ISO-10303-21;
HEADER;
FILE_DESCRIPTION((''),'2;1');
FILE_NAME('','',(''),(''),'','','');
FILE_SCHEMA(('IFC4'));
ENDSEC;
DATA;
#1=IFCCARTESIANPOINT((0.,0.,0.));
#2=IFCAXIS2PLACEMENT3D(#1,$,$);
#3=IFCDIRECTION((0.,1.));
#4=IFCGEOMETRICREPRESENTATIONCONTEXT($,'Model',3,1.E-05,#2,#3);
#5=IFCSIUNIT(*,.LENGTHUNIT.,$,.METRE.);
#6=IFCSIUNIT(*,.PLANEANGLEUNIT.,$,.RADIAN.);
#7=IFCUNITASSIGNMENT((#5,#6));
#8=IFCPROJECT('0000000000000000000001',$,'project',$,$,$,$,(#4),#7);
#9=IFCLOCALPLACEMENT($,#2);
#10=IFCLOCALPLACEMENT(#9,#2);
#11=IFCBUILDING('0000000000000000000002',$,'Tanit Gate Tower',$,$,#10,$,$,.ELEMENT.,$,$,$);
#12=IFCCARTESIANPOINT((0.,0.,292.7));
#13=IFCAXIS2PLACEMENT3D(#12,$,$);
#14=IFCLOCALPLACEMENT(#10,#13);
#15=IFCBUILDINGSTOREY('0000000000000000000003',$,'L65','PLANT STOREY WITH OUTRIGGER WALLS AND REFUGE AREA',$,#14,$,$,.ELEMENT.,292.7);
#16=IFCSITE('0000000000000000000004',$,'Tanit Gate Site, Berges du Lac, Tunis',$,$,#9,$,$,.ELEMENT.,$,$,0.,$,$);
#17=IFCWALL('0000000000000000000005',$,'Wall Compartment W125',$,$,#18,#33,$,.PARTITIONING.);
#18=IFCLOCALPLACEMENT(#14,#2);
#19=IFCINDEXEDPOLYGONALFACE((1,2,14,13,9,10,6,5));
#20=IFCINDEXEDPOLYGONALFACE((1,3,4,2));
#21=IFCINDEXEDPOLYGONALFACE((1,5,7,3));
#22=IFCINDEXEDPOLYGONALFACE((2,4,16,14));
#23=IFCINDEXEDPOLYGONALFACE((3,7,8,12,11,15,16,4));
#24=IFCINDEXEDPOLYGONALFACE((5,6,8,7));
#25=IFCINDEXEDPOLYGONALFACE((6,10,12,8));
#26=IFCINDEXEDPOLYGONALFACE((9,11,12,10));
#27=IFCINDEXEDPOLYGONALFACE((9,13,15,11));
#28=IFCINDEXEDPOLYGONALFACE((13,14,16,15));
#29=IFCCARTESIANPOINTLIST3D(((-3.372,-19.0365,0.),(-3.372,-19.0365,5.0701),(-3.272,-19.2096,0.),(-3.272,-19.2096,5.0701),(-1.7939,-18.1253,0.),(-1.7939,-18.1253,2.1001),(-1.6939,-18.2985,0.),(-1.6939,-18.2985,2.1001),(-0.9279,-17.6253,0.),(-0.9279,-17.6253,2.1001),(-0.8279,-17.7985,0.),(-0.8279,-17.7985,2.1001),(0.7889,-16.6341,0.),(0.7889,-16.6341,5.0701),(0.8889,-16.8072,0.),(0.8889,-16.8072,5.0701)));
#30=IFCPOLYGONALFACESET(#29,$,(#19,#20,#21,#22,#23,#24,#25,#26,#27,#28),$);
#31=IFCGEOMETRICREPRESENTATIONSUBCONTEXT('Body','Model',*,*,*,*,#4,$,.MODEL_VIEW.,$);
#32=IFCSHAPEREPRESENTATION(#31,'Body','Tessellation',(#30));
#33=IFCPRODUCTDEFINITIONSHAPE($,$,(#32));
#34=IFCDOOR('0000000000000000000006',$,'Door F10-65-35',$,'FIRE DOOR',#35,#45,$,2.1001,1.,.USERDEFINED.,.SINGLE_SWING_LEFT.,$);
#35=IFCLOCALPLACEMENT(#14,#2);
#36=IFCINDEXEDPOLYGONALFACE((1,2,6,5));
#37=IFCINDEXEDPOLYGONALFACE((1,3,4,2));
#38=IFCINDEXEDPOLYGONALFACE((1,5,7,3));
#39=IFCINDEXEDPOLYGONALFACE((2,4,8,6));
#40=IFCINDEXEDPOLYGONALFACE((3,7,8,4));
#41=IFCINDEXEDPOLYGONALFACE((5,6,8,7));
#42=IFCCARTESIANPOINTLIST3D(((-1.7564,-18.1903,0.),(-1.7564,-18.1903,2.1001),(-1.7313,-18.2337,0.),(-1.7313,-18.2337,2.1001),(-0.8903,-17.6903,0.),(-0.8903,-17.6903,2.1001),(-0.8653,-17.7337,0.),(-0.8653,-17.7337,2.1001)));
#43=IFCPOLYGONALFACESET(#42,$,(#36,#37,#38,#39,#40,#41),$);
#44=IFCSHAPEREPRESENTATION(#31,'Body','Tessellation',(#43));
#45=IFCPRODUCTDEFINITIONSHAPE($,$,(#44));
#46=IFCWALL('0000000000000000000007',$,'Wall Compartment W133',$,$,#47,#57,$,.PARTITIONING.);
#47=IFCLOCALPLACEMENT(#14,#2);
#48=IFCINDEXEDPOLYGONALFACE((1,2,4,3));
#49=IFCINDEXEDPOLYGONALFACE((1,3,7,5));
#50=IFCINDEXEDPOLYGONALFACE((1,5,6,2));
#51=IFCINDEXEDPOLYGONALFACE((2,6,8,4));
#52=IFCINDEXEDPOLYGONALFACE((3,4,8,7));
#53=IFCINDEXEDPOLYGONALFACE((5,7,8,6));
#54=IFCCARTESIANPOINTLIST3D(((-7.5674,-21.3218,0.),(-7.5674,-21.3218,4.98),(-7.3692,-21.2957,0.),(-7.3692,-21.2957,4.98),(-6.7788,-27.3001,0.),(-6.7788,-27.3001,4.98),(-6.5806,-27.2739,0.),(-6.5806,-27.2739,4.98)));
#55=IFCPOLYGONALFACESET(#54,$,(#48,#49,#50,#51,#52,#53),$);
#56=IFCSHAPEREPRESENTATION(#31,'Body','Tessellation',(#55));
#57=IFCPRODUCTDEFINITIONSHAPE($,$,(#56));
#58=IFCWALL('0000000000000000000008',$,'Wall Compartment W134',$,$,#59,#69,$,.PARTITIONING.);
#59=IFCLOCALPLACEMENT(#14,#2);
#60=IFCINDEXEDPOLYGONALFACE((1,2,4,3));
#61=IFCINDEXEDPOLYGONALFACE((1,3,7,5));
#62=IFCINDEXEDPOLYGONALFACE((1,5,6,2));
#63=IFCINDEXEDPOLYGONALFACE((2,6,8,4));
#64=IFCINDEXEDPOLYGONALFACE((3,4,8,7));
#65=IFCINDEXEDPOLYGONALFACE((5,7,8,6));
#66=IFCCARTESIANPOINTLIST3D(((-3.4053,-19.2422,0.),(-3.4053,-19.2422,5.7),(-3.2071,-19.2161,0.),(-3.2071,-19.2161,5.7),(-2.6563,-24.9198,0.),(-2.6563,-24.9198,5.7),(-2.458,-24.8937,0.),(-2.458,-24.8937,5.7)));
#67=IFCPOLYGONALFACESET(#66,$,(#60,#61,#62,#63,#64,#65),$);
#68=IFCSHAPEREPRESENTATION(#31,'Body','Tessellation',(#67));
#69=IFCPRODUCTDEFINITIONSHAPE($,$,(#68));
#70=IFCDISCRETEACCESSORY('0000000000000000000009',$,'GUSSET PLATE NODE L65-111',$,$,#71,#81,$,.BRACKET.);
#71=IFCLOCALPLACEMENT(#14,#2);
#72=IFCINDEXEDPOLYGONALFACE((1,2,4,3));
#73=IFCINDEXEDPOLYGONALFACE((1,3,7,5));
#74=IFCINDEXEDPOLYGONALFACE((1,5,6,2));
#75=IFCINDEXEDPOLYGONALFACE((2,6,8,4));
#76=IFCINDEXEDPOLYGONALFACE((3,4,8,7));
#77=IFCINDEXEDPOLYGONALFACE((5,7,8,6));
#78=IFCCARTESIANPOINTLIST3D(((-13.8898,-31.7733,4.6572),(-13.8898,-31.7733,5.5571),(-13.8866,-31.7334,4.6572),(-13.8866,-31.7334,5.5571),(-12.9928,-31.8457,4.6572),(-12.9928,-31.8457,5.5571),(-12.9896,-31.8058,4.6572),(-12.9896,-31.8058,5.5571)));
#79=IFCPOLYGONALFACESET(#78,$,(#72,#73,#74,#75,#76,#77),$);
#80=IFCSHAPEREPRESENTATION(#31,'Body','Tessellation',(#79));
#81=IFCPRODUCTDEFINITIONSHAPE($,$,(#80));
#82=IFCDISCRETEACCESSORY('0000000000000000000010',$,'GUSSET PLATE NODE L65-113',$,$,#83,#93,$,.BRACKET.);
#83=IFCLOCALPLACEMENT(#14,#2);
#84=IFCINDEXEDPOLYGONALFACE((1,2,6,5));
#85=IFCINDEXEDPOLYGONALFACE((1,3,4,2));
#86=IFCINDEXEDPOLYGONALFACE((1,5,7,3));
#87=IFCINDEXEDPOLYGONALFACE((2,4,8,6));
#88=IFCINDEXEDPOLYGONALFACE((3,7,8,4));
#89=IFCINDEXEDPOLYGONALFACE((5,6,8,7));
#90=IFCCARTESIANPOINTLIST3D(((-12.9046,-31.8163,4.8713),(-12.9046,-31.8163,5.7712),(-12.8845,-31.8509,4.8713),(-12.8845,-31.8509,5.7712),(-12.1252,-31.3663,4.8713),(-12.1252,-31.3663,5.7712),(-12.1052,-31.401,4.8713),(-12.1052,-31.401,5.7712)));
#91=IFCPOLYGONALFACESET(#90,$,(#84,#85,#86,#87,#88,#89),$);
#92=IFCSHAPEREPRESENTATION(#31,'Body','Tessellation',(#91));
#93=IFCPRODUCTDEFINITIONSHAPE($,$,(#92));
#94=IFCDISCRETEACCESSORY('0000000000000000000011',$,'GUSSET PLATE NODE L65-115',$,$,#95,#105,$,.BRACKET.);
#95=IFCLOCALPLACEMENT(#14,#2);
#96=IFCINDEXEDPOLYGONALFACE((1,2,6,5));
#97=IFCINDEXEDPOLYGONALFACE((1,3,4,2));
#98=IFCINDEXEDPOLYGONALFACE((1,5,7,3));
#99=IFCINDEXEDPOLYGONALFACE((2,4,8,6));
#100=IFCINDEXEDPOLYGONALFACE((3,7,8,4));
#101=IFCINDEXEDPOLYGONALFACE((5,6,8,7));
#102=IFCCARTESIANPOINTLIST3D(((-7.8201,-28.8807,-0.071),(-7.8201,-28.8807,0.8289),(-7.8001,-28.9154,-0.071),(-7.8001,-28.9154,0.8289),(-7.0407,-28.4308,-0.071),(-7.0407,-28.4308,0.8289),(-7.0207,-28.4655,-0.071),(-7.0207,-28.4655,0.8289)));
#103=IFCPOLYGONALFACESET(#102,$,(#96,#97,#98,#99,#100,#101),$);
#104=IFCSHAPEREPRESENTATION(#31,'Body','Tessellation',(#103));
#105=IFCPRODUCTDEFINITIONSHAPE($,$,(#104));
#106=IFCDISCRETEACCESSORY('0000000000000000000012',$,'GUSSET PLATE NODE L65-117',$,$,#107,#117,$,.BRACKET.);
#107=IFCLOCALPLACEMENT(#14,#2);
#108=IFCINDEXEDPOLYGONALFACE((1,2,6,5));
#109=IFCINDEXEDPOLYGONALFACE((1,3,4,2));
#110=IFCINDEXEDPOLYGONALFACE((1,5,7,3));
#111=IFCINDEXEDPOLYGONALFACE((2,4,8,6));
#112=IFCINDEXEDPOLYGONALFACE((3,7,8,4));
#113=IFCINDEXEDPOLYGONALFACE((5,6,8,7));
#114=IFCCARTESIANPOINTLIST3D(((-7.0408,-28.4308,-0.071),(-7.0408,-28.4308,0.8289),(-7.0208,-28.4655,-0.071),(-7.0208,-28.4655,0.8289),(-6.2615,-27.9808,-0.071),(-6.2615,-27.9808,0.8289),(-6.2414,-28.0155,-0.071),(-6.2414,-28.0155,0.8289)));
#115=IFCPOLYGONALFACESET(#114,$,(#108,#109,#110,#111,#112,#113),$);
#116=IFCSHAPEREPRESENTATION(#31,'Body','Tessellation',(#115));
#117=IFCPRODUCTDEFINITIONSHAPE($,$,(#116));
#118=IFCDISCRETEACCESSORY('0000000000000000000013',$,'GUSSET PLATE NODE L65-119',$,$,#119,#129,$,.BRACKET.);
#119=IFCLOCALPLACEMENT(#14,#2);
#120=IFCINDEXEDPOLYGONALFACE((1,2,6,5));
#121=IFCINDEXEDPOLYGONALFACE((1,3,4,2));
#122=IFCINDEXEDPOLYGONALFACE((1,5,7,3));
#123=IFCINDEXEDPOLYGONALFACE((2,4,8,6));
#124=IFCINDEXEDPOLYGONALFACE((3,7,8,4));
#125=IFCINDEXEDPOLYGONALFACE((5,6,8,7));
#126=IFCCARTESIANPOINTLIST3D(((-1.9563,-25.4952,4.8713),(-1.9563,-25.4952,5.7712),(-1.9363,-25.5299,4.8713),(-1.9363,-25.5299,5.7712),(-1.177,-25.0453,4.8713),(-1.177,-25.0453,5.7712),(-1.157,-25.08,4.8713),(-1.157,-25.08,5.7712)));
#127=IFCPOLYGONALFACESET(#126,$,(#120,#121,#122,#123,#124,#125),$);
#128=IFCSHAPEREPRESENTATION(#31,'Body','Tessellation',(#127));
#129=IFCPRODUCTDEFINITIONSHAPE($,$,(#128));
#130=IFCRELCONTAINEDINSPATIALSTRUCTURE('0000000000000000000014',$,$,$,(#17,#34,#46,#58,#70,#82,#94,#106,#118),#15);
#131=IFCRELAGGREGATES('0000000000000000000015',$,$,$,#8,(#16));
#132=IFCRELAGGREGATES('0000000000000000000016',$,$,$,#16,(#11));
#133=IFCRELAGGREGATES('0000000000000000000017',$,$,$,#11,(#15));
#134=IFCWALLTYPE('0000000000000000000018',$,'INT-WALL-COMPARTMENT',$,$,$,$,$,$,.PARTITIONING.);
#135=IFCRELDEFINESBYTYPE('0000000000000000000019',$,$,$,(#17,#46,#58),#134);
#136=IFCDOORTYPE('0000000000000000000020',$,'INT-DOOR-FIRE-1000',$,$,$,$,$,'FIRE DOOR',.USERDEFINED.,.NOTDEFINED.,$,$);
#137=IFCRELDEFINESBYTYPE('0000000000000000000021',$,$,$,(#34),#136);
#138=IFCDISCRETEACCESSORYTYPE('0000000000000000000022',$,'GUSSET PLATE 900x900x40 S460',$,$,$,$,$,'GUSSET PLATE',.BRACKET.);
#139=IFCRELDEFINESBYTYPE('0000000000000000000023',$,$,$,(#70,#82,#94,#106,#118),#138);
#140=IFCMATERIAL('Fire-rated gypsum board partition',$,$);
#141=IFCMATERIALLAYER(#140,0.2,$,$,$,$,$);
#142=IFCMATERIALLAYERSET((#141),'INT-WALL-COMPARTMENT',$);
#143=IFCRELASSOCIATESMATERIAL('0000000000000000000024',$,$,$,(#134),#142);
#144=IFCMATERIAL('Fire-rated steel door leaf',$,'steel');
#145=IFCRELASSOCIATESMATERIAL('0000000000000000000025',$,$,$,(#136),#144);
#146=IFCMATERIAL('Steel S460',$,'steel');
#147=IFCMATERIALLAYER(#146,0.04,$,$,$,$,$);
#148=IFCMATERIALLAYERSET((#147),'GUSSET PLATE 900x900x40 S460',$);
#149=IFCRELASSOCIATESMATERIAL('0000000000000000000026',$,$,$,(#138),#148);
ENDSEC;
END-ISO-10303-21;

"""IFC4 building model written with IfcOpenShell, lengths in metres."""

from ifc_helpers import new_model, si_unit, direction, frame, frame_2d, origin, origin_2d, place, context, subcontext, project, spatial, rectangle, extrude, material, layer, layer_set, type_object, element, fill, save


model = new_model("IFC4")

# Units and contexts
model_context = context("Model", 3, precision=1e-05, world=origin(), true_north=direction((0.0, 1.0)))
body_context = subcontext(model_context, "Body", "Model", "MODEL_VIEW")
ifc_project = project(units=[si_unit("LENGTHUNIT", "METRE"), si_unit("PLANEANGLEUNIT", "RADIAN")], contexts=[model_context])

# Site, building, storey
site_placement = place(None, origin())
site = spatial("IfcSite", under=ifc_project, at=site_placement, Name="Tanit Gate Site, Berges du Lac, Tunis", CompositionType="ELEMENT", RefElevation=0.0)
building_placement = place(site_placement, origin())
building = spatial("IfcBuilding", under=site, at=building_placement, Name="Tanit Gate Tower", CompositionType="ELEMENT")
storey_placement = place(building_placement, frame((0.0, 0.0, 292.7)))
storey = spatial("IfcBuildingStorey", under=building, at=storey_placement, Name="L65", Description="PLANT STOREY WITH OUTRIGGER WALLS AND REFUGE AREA", CompositionType="ELEMENT", Elevation=292.7)

# Shared definitions
ifc_material_1 = material(Name="Fire-rated gypsum board partition")
ifc_layer_1 = layer(ifc_material_1, 0.2)
ifc_layer_set_1 = layer_set([ifc_layer_1], Name="INT-WALL-COMPARTMENT")
wall_type_1 = type_object("IfcWallType", Name="INT-WALL-COMPARTMENT", PredefinedType="PARTITIONING", material=ifc_layer_set_1)
ifc_material_2 = material(Name="Fire-rated steel door leaf", Category="steel")
door_type_1 = type_object("IfcDoorType", Name="INT-DOOR-FIRE-1000", ElementType="FIRE DOOR", OperationType="NOTDEFINED", PredefinedType="USERDEFINED", material=ifc_material_2)

# Wall, opening, door
wall_1_placement = place(storey_placement, frame((-3.322, -19.123, 0.0), z_axis=(0.0, 0.0, 1.0), x_axis=(0.866021, 0.500008, 0.0)))
wall_1 = element("IfcWall", 1, at=wall_1_placement, inside=storey, type_object=wall_type_1, Name="Wall Compartment W125", PredefinedType="PARTITIONING", context=body_context, shape_type="SweptSolid", body=[
    extrude(rectangle(XDim=4.8047, YDim=0.2, at=frame_2d((2.4023, 0.0))), origin(), (0.0, 0.0, 1.0), 5.0701),
])
opening_1_placement = place(wall_1_placement, frame((1.8223, 0.0, 0.0)))
opening_1 = element("IfcOpeningElement", 2, at=opening_1_placement, cuts=wall_1, PredefinedType="OPENING", context=body_context, shape_type="SweptSolid", body=[
    extrude(rectangle(XDim=1.0, YDim=2.1001, at=frame_2d((0.5, 1.05))), frame((0.0, 0.1099, 0.0), z_axis=(0.0, -1.0, 0.0), x_axis=(1.0, 0.0, 0.0)), (0.0, 0.0, 1.0), 0.22),
])
door_1_placement = place(opening_1_placement, origin())
door_1 = element("IfcDoor", 3, at=door_1_placement, inside=storey, type_object=door_type_1, Name="Door F10-65-35", ObjectType="FIRE DOOR", OperationType="SINGLE_SWING_LEFT", OverallHeight=2.1001, OverallWidth=1.0, PredefinedType="USERDEFINED", context=body_context, shape_type="SweptSolid", body=[
    extrude(rectangle(XDim=1.0, YDim=2.1001, at=frame_2d((0.5, 1.05))), frame((0.0, 0.0249, 0.0), z_axis=(0.0, -1.0, 0.0), x_axis=(1.0, 0.0, 0.0)), (0.0, 0.0, 1.0), 0.05),
])
fill(opening_1, door_1)

# Walls
wall_2_placement = place(storey_placement, frame((-6.6797, -27.2871, 0.0), z_axis=(0.0, 0.0, 1.0), x_axis=(-0.130774, 0.991412, 0.0)))
element("IfcWall", 4, at=wall_2_placement, inside=storey, type_object=wall_type_1, Name="Wall Compartment W133", PredefinedType="PARTITIONING", context=body_context, shape_type="SweptSolid", body=[
    extrude(rectangle(XDim=6.03, YDim=0.2, at=frame_2d((3.0151, 0.0))), origin(), (0.0, 0.0, 1.0), 4.98),
])
wall_3_placement = place(storey_placement, frame((-3.3062, -19.2292, 0.0), z_axis=(0.0, 0.0, 1.0), x_axis=(0.13079, -0.99141, 0.0)))
element("IfcWall", 5, at=wall_3_placement, inside=storey, type_object=wall_type_1, Name="Wall Compartment W134", PredefinedType="PARTITIONING", context=body_context, shape_type="SweptSolid", body=[
    extrude(rectangle(XDim=5.7268, YDim=0.2, at=frame_2d((2.8633, 0.0))), origin(), (0.0, 0.0, 1.0), 5.7),
])

# Discrete accessories
ifc_material_3 = material(Name="Steel S460", Category="steel")
ifc_layer_2 = layer(ifc_material_3, 0.04)
ifc_layer_set_2 = layer_set([ifc_layer_2], Name="GUSSET PLATE 900x900x40 S460")
discrete_accessory_type = type_object("IfcDiscreteAccessoryType", Name="GUSSET PLATE 900x900x40 S460", ElementType="GUSSET PLATE", PredefinedType="BRACKET", material=ifc_layer_set_2)
for number, where, z_axis, x_axis, name in (
    (6, (-13.4397, -31.7896, 4.6572), (0.0, 0.0, 1.0), (-0.996762, 0.080408, 0.0), "GUSSET PLATE NODE L65-111"),
    (7, (-12.5049, -31.6086, 4.8713), (0.0, 0.0, 1.0), (0.866034, 0.499985, 0.0), "GUSSET PLATE NODE L65-113"),
    (8, (-7.4204, -28.6731, -0.071), (0.0, 0.0, 1.0), (-0.866034, -0.499985, 0.0), "GUSSET PLATE NODE L65-115"),
    (9, (-6.6411, -28.2231, -0.071), (0.0, 0.0, 1.0), (0.866025, 0.5, 0.0), "GUSSET PLATE NODE L65-117"),
    (10, (-1.5566, -25.2876, 4.8713), (0.0, 0.0, 1.0), (-0.866025, -0.5, 0.0), "GUSSET PLATE NODE L65-119"),
):
    element("IfcDiscreteAccessory", number, at=place(storey_placement, frame(where, z_axis=z_axis, x_axis=x_axis)), inside=storey, type_object=discrete_accessory_type, Name=name, PredefinedType="BRACKET", context=body_context, shape_type="SweptSolid", body=[
        extrude(rectangle(XDim=0.8999, YDim=0.04, at=origin_2d()), origin(), (0.0, 0.0, 1.0), 0.8999),
    ])

save(model, "model.ifc")
